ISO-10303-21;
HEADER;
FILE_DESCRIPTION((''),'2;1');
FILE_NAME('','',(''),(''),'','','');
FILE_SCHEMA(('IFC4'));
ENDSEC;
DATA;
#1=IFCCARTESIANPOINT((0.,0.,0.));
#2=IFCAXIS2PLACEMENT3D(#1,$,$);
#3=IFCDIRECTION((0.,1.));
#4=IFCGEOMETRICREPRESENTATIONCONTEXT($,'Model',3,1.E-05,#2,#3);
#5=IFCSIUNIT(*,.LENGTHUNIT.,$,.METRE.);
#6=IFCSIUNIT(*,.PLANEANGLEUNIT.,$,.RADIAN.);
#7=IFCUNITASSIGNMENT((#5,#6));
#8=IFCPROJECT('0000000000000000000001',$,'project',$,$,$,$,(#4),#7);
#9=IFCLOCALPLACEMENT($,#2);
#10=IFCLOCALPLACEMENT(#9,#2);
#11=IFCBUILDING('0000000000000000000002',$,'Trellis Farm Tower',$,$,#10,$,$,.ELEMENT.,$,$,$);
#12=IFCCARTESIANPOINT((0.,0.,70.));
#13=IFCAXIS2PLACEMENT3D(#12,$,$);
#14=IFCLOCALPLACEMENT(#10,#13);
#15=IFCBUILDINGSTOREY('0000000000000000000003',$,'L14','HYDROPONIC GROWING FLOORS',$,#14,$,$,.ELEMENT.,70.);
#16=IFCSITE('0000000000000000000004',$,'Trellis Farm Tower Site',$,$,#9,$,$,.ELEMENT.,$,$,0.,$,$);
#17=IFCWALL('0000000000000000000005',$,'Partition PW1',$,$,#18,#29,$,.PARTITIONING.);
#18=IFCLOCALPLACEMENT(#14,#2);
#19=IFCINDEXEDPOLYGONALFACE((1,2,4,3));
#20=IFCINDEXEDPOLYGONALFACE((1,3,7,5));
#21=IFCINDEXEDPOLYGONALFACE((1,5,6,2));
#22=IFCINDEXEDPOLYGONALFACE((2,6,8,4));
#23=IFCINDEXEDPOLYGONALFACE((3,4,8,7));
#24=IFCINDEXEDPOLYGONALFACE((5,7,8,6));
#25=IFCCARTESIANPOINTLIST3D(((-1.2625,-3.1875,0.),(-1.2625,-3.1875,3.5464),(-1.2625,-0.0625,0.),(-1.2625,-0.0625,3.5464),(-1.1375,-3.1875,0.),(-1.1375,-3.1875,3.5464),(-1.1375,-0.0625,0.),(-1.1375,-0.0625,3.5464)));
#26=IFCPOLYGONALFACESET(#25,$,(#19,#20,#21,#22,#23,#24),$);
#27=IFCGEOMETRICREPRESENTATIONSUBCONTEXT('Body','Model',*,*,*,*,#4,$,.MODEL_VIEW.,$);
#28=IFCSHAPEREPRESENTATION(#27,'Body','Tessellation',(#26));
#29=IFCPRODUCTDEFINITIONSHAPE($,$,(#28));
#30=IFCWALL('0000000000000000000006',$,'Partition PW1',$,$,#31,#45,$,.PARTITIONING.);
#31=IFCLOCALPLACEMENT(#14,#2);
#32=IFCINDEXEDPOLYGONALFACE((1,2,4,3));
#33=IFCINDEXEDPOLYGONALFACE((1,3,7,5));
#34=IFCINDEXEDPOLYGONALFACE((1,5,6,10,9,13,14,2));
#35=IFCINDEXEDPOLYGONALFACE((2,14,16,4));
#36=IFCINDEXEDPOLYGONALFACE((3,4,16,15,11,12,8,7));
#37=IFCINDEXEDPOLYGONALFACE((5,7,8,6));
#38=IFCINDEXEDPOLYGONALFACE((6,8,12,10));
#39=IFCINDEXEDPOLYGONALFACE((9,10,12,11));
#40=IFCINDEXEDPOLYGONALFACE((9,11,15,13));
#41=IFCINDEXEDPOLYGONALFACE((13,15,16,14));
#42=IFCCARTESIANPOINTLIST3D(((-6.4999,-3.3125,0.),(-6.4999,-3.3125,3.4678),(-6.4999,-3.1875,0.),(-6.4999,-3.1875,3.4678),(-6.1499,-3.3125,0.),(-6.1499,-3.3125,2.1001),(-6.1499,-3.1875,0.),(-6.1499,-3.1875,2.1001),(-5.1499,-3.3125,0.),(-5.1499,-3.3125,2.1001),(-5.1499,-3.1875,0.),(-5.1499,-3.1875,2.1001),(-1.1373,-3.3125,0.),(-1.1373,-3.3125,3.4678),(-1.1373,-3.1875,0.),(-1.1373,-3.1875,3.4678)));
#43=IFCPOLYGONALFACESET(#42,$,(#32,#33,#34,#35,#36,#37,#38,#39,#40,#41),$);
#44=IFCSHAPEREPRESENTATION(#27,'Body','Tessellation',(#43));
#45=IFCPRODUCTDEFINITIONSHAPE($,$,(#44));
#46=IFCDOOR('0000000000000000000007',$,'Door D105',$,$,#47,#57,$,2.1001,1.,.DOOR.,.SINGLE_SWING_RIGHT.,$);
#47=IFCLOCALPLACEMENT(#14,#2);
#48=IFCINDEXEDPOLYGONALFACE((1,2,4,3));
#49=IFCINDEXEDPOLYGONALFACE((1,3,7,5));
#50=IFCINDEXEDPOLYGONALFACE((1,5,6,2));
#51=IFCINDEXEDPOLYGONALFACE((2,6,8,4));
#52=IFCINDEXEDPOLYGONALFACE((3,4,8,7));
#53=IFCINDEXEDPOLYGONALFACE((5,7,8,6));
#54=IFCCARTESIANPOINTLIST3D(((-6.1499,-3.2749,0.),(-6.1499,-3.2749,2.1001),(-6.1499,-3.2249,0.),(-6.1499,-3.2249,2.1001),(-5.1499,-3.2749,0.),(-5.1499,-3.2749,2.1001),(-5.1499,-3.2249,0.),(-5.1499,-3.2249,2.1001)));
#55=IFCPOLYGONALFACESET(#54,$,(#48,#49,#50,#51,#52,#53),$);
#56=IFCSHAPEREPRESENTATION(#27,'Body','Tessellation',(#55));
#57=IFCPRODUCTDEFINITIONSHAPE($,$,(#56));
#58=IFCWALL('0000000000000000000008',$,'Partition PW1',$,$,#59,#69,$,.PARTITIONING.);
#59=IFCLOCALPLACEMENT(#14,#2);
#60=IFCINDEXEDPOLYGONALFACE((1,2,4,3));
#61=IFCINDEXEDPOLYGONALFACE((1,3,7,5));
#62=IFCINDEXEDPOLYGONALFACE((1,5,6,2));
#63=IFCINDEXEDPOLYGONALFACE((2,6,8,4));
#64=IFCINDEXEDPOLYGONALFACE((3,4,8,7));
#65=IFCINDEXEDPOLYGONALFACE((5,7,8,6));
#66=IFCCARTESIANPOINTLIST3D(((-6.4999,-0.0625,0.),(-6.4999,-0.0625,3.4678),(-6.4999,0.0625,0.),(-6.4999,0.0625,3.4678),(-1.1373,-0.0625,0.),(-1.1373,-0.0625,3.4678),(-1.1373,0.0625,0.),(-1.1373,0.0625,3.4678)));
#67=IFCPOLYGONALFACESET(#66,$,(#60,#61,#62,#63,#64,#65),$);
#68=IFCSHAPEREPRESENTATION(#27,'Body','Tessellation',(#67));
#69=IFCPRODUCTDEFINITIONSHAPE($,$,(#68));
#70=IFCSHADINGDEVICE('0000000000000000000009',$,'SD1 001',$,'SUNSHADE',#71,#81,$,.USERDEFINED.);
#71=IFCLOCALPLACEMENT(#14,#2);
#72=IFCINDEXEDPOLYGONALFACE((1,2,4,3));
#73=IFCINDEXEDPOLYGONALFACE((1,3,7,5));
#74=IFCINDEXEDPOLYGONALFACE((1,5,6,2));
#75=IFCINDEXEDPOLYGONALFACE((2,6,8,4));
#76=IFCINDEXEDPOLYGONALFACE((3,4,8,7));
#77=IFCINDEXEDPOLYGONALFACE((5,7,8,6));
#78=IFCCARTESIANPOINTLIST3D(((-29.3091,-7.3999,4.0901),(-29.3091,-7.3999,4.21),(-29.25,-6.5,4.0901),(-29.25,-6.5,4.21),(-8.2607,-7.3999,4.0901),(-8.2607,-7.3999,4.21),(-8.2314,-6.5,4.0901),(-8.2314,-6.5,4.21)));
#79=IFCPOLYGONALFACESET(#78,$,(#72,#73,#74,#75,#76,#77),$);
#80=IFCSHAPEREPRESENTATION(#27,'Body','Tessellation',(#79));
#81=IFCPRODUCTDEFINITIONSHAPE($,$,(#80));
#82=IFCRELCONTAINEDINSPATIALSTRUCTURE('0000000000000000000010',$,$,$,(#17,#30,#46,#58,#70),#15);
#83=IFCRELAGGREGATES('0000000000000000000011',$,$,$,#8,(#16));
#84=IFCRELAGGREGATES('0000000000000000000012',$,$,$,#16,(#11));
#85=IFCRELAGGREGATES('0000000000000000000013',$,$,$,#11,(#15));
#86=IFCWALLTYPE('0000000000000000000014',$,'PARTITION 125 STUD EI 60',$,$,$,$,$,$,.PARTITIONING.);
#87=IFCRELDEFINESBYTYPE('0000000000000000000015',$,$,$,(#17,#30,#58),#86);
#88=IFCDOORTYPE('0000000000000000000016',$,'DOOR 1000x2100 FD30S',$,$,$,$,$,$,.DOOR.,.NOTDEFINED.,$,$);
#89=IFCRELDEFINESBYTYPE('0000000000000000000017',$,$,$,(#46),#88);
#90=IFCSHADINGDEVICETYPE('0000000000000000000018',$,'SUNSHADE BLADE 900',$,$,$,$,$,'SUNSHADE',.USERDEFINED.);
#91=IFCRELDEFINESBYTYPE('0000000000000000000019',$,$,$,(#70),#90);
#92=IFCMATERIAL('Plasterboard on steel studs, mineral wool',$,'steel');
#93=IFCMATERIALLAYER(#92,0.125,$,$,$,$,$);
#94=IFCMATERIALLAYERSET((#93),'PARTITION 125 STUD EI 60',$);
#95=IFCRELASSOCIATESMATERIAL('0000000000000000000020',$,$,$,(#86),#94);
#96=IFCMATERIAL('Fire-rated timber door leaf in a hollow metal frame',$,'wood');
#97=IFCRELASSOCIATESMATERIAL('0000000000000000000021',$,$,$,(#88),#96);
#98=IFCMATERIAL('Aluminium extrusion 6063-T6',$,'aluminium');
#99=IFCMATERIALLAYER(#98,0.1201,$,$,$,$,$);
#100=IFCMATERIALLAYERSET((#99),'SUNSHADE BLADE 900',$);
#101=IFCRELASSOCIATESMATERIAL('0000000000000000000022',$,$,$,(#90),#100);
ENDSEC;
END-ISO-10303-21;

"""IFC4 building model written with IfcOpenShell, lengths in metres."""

from ifc_helpers import new_model, si_unit, direction, frame, frame_2d, origin, place, context, subcontext, project, spatial, polyline, rectangle, outline, extrude, source, transform, mapped, material, layer, layer_set, type_object, element, fill, save


model = new_model("IFC4")

# Units and contexts
model_context = context("Model", 3, precision=1e-05, world=origin(), true_north=direction((0.0, 1.0)))
body_context = subcontext(model_context, "Body", "Model", "MODEL_VIEW")
ifc_project = project(units=[si_unit("LENGTHUNIT", "METRE"), si_unit("PLANEANGLEUNIT", "RADIAN")], contexts=[model_context])

# Site, building, storey
site_placement = place(None, origin())
site = spatial("IfcSite", under=ifc_project, at=site_placement, Name="Trellis Farm Tower Site", CompositionType="ELEMENT", RefElevation=0.0)
building_placement = place(site_placement, origin())
building = spatial("IfcBuilding", under=site, at=building_placement, Name="Trellis Farm Tower", CompositionType="ELEMENT")
storey_placement = place(building_placement, frame((0.0, 0.0, 70.0)))
storey = spatial("IfcBuildingStorey", under=building, at=storey_placement, Name="L14", Description="HYDROPONIC GROWING FLOORS", CompositionType="ELEMENT", Elevation=70.0)

# Shared definitions
ifc_material_1 = material(Name="Aluminium extrusion 6063-T6", Category="aluminium")

# Wall
ifc_material_2 = material(Name="Plasterboard on steel studs, mineral wool", Category="steel")
ifc_layer_1 = layer(ifc_material_2, 0.125)
ifc_layer_set_1 = layer_set([ifc_layer_1], Name="PARTITION 125 STUD EI 60")
wall_type = type_object("IfcWallType", Name="PARTITION 125 STUD EI 60", PredefinedType="PARTITIONING", material=ifc_layer_set_1)
shared_shape_1 = source(origin(), body_context, "Body", "SweptSolid", [
    extrude(rectangle(XDim=3.125, YDim=0.125, at=frame_2d((1.5625, 0.0))), origin(), (0.0, 0.0, 1.0), 3.5464),
])
wall_1_placement = place(storey_placement, frame((-1.2, -0.0625, 0.0), z_axis=(0.0, 0.0, 1.0), x_axis=(0.0, -1.0, 0.0)))
element("IfcWall", 1, at=wall_1_placement, inside=storey, type_object=wall_type, Name="Partition PW1", PredefinedType="PARTITIONING", context=body_context, shape_type="MappedRepresentation", body=[
    mapped(shared_shape_1, transform((0.0, 0.0, 0.0))),
])

# Wall, opening, door
shared_shape_2 = source(origin(), body_context, "Body", "SweptSolid", [
    extrude(rectangle(XDim=5.3625, YDim=0.125, at=frame_2d((2.6812, 0.0))), origin(), (0.0, 0.0, 1.0), 3.4678),
])
wall_2_placement = place(storey_placement, frame((-1.1375, -3.25, 0.0), z_axis=(0.0, 0.0, 1.0), x_axis=(-1.0, 0.0, 0.0)))
wall_2 = element("IfcWall", 2, at=wall_2_placement, inside=storey, type_object=wall_type, Name="Partition PW1", PredefinedType="PARTITIONING", context=body_context, shape_type="MappedRepresentation", body=[
    mapped(shared_shape_2, transform((0.0, 0.0, 0.0))),
])
shared_shape_3 = source(origin(), body_context, "Body", "SweptSolid", [
    extrude(rectangle(XDim=1.0, YDim=2.1001, at=frame_2d((0.5, 1.05))), frame((0.0, 0.0725, 0.0), z_axis=(0.0, -1.0, 0.0), x_axis=(1.0, 0.0, 0.0)), (0.0, 0.0, 1.0), 0.145),
])
opening_placement = place(wall_2_placement, frame((4.0125, 0.0, 0.0)))
opening = element("IfcOpeningElement", 3, at=opening_placement, cuts=wall_2, PredefinedType="OPENING", context=body_context, shape_type="MappedRepresentation", body=[
    mapped(shared_shape_3, transform((0.0, 0.0, 0.0))),
])
ifc_material_3 = material(Name="Fire-rated timber door leaf in a hollow metal frame", Category="wood")
door_type = type_object("IfcDoorType", Name="DOOR 1000x2100 FD30S", OperationType="NOTDEFINED", PredefinedType="DOOR", material=ifc_material_3)
shared_shape_4 = source(origin(), body_context, "Body", "SweptSolid", [
    extrude(rectangle(XDim=1.0, YDim=2.1001, at=frame_2d((0.5, 1.05))), frame((0.0, 0.0249, 0.0), z_axis=(0.0, -1.0, 0.0), x_axis=(1.0, 0.0, 0.0)), (0.0, 0.0, 1.0), 0.05),
])
door_placement = place(opening_placement, origin())
door = element("IfcDoor", 4, at=door_placement, inside=storey, type_object=door_type, Name="Door D105", OperationType="SINGLE_SWING_RIGHT", OverallHeight=2.1001, OverallWidth=1.0, PredefinedType="DOOR", context=body_context, shape_type="MappedRepresentation", body=[
    mapped(shared_shape_4, transform((0.0, 0.0, 0.0))),
])
fill(opening, door)

# Wall
wall_3_placement = place(storey_placement, frame((-1.1375, 0.0, 0.0), z_axis=(0.0, 0.0, 1.0), x_axis=(-1.0, 0.0, 0.0)))
element("IfcWall", 5, at=wall_3_placement, inside=storey, type_object=wall_type, Name="Partition PW1", PredefinedType="PARTITIONING", context=body_context, shape_type="MappedRepresentation", body=[
    mapped(shared_shape_2, transform((0.0, 0.0, 0.0))),
])

# Shading device
ifc_layer_2 = layer(ifc_material_1, 0.1201)
ifc_layer_set_2 = layer_set([ifc_layer_2], Name="SUNSHADE BLADE 900")
shading_device_type = type_object("IfcShadingDeviceType", Name="SUNSHADE BLADE 900", ElementType="SUNSHADE", PredefinedType="USERDEFINED", material=ifc_layer_set_2)
shared_shape_5 = source(origin(), body_context, "Body", "SweptSolid", [
    extrude(outline(polyline([(-29.3091, -7.3999), (-8.2607, -7.3999), (-8.2314, -6.5), (-29.25, -6.5), (-29.3091, -7.3999)])), origin(), (0.0, 0.0, 1.0), 0.1199),
])
shading_device_placement = place(storey_placement, frame((0.0, 0.0, 4.0901)))
element("IfcShadingDevice", 6, at=shading_device_placement, inside=storey, type_object=shading_device_type, Name="SD1 001", ObjectType="SUNSHADE", PredefinedType="USERDEFINED", context=body_context, shape_type="MappedRepresentation", body=[
    mapped(shared_shape_5, transform((0.0, 0.0, 0.0))),
])

save(model, "model.ifc")
